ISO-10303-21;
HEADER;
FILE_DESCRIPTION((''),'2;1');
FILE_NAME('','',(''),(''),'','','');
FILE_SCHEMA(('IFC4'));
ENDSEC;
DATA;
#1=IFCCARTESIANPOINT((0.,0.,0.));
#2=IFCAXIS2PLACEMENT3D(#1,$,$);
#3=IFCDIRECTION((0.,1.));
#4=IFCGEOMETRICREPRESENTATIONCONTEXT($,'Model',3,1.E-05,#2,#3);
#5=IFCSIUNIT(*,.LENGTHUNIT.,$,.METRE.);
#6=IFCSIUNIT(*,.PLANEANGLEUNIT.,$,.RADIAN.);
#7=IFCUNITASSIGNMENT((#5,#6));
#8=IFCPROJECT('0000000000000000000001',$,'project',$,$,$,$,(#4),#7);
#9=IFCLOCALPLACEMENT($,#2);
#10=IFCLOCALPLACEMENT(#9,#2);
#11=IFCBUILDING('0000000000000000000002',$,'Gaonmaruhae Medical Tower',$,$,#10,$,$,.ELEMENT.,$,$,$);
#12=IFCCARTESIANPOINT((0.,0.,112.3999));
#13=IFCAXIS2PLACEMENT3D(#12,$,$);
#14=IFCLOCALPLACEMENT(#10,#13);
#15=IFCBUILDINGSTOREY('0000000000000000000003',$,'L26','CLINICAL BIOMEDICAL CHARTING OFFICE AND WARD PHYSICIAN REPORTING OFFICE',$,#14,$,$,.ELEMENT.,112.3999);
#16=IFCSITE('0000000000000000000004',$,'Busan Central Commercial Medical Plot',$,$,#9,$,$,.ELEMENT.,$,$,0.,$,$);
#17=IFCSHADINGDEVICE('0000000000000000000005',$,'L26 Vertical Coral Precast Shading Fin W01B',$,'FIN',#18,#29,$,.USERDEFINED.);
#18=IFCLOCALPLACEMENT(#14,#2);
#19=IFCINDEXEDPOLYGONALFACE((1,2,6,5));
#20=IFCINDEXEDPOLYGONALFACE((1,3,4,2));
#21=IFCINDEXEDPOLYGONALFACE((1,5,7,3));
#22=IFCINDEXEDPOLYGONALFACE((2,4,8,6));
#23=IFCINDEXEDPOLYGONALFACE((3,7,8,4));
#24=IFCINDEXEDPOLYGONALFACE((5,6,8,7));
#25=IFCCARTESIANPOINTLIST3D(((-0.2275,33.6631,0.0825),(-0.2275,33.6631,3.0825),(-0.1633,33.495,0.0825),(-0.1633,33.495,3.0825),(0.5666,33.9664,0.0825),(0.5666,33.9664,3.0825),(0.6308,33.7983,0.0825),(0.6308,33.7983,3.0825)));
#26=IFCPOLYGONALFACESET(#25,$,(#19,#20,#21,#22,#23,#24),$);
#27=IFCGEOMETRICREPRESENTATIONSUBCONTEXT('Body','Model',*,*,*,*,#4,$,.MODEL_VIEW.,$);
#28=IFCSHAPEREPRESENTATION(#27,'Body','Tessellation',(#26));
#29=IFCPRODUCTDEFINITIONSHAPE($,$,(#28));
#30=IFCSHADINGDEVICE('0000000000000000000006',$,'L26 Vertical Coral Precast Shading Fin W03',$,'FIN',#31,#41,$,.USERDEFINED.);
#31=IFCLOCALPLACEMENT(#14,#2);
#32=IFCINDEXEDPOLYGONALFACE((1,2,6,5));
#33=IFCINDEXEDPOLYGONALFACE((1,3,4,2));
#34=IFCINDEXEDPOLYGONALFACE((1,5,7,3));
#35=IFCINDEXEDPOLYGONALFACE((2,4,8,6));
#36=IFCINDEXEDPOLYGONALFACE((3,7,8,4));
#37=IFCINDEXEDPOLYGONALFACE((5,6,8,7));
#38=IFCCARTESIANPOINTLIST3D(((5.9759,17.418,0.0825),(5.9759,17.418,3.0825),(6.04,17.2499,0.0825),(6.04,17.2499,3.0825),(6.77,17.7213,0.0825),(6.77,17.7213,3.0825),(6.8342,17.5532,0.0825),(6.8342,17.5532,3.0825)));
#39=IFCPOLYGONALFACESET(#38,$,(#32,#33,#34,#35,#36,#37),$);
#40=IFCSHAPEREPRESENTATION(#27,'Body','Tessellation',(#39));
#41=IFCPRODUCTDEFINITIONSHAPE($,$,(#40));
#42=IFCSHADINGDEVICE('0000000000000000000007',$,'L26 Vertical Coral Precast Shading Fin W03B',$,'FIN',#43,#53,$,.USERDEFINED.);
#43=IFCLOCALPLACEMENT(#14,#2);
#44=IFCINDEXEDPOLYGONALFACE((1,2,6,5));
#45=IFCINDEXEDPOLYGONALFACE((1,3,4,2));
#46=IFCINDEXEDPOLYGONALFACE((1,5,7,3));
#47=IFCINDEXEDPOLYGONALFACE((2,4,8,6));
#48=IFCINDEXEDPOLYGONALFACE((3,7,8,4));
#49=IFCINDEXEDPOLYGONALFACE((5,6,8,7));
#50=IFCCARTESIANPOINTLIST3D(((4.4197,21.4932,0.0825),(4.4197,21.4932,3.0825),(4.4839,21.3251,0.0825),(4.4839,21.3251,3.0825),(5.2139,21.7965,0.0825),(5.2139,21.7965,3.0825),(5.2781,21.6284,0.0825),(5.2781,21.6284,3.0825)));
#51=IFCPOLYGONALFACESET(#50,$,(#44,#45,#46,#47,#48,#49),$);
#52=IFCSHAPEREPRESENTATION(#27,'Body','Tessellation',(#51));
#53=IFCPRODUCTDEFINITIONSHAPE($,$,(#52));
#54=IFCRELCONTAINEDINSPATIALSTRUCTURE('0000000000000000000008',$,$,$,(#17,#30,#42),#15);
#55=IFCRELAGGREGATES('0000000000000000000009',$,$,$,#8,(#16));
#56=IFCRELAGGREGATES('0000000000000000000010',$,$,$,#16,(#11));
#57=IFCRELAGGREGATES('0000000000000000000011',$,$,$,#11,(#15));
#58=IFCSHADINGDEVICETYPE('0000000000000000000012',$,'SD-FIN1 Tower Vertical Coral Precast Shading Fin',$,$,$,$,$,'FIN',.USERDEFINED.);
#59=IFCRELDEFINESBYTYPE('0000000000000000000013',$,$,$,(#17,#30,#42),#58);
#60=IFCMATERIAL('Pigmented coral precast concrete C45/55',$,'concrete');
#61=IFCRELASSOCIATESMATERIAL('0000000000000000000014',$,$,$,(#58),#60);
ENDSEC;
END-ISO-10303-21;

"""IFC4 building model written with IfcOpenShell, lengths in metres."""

from ifc_helpers import new_model, si_unit, direction, frame, origin, origin_2d, place, context, subcontext, project, spatial, rectangle, extrude, material, type_object, element, save


model = new_model("IFC4")

# Units and contexts
model_context = context("Model", 3, precision=1e-05, world=origin(), true_north=direction((0.0, 1.0)))
body_context = subcontext(model_context, "Body", "Model", "MODEL_VIEW")
ifc_project = project(units=[si_unit("LENGTHUNIT", "METRE"), si_unit("PLANEANGLEUNIT", "RADIAN")], contexts=[model_context])

# Site, building, storey
site_placement = place(None, origin())
site = spatial("IfcSite", under=ifc_project, at=site_placement, Name="Busan Central Commercial Medical Plot", CompositionType="ELEMENT", RefElevation=0.0)
building_placement = place(site_placement, origin())
building = spatial("IfcBuilding", under=site, at=building_placement, Name="Gaonmaruhae Medical Tower", CompositionType="ELEMENT")
storey_placement = place(building_placement, frame((0.0, 0.0, 112.3999)))
storey = spatial("IfcBuildingStorey", under=building, at=storey_placement, Name="L26", Description="CLINICAL BIOMEDICAL CHARTING OFFICE AND WARD PHYSICIAN REPORTING OFFICE", CompositionType="ELEMENT", Elevation=112.3999)

# Shading devices
ifc_material_1 = material(Name="Pigmented coral precast concrete C45/55", Category="concrete")
shading_device_type = type_object("IfcShadingDeviceType", Name="SD-FIN1 Tower Vertical Coral Precast Shading Fin", ElementType="FIN", PredefinedType="USERDEFINED", material=ifc_material_1)
for number, where, z_axis, x_axis, name in (
    (1, (0.2017, 33.7307, 0.0825), (0.0, 0.0, 1.0), (-0.356738, 0.934204, 0.0), "L26 Vertical Coral Precast Shading Fin W01B"),
    (2, (6.405, 17.4856, 0.0825), (0.0, 0.0, 1.0), (-0.356738, 0.934204, 0.0), "L26 Vertical Coral Precast Shading Fin W03"),
    (3, (4.8489, 21.5608, 0.0825), (0.0, 0.0, 1.0), (-0.356738, 0.934204, 0.0), "L26 Vertical Coral Precast Shading Fin W03B"),
):
    element("IfcShadingDevice", number, at=place(storey_placement, frame(where, z_axis=z_axis, x_axis=x_axis)), inside=storey, type_object=shading_device_type, Name=name, ObjectType="FIN", PredefinedType="USERDEFINED", context=body_context, shape_type="SweptSolid", body=[
        extrude(rectangle(XDim=0.1799, YDim=0.8501, at=origin_2d()), origin(), (0.0, 0.0, 1.0), 3.0),
    ])

save(model, "model.ifc")
